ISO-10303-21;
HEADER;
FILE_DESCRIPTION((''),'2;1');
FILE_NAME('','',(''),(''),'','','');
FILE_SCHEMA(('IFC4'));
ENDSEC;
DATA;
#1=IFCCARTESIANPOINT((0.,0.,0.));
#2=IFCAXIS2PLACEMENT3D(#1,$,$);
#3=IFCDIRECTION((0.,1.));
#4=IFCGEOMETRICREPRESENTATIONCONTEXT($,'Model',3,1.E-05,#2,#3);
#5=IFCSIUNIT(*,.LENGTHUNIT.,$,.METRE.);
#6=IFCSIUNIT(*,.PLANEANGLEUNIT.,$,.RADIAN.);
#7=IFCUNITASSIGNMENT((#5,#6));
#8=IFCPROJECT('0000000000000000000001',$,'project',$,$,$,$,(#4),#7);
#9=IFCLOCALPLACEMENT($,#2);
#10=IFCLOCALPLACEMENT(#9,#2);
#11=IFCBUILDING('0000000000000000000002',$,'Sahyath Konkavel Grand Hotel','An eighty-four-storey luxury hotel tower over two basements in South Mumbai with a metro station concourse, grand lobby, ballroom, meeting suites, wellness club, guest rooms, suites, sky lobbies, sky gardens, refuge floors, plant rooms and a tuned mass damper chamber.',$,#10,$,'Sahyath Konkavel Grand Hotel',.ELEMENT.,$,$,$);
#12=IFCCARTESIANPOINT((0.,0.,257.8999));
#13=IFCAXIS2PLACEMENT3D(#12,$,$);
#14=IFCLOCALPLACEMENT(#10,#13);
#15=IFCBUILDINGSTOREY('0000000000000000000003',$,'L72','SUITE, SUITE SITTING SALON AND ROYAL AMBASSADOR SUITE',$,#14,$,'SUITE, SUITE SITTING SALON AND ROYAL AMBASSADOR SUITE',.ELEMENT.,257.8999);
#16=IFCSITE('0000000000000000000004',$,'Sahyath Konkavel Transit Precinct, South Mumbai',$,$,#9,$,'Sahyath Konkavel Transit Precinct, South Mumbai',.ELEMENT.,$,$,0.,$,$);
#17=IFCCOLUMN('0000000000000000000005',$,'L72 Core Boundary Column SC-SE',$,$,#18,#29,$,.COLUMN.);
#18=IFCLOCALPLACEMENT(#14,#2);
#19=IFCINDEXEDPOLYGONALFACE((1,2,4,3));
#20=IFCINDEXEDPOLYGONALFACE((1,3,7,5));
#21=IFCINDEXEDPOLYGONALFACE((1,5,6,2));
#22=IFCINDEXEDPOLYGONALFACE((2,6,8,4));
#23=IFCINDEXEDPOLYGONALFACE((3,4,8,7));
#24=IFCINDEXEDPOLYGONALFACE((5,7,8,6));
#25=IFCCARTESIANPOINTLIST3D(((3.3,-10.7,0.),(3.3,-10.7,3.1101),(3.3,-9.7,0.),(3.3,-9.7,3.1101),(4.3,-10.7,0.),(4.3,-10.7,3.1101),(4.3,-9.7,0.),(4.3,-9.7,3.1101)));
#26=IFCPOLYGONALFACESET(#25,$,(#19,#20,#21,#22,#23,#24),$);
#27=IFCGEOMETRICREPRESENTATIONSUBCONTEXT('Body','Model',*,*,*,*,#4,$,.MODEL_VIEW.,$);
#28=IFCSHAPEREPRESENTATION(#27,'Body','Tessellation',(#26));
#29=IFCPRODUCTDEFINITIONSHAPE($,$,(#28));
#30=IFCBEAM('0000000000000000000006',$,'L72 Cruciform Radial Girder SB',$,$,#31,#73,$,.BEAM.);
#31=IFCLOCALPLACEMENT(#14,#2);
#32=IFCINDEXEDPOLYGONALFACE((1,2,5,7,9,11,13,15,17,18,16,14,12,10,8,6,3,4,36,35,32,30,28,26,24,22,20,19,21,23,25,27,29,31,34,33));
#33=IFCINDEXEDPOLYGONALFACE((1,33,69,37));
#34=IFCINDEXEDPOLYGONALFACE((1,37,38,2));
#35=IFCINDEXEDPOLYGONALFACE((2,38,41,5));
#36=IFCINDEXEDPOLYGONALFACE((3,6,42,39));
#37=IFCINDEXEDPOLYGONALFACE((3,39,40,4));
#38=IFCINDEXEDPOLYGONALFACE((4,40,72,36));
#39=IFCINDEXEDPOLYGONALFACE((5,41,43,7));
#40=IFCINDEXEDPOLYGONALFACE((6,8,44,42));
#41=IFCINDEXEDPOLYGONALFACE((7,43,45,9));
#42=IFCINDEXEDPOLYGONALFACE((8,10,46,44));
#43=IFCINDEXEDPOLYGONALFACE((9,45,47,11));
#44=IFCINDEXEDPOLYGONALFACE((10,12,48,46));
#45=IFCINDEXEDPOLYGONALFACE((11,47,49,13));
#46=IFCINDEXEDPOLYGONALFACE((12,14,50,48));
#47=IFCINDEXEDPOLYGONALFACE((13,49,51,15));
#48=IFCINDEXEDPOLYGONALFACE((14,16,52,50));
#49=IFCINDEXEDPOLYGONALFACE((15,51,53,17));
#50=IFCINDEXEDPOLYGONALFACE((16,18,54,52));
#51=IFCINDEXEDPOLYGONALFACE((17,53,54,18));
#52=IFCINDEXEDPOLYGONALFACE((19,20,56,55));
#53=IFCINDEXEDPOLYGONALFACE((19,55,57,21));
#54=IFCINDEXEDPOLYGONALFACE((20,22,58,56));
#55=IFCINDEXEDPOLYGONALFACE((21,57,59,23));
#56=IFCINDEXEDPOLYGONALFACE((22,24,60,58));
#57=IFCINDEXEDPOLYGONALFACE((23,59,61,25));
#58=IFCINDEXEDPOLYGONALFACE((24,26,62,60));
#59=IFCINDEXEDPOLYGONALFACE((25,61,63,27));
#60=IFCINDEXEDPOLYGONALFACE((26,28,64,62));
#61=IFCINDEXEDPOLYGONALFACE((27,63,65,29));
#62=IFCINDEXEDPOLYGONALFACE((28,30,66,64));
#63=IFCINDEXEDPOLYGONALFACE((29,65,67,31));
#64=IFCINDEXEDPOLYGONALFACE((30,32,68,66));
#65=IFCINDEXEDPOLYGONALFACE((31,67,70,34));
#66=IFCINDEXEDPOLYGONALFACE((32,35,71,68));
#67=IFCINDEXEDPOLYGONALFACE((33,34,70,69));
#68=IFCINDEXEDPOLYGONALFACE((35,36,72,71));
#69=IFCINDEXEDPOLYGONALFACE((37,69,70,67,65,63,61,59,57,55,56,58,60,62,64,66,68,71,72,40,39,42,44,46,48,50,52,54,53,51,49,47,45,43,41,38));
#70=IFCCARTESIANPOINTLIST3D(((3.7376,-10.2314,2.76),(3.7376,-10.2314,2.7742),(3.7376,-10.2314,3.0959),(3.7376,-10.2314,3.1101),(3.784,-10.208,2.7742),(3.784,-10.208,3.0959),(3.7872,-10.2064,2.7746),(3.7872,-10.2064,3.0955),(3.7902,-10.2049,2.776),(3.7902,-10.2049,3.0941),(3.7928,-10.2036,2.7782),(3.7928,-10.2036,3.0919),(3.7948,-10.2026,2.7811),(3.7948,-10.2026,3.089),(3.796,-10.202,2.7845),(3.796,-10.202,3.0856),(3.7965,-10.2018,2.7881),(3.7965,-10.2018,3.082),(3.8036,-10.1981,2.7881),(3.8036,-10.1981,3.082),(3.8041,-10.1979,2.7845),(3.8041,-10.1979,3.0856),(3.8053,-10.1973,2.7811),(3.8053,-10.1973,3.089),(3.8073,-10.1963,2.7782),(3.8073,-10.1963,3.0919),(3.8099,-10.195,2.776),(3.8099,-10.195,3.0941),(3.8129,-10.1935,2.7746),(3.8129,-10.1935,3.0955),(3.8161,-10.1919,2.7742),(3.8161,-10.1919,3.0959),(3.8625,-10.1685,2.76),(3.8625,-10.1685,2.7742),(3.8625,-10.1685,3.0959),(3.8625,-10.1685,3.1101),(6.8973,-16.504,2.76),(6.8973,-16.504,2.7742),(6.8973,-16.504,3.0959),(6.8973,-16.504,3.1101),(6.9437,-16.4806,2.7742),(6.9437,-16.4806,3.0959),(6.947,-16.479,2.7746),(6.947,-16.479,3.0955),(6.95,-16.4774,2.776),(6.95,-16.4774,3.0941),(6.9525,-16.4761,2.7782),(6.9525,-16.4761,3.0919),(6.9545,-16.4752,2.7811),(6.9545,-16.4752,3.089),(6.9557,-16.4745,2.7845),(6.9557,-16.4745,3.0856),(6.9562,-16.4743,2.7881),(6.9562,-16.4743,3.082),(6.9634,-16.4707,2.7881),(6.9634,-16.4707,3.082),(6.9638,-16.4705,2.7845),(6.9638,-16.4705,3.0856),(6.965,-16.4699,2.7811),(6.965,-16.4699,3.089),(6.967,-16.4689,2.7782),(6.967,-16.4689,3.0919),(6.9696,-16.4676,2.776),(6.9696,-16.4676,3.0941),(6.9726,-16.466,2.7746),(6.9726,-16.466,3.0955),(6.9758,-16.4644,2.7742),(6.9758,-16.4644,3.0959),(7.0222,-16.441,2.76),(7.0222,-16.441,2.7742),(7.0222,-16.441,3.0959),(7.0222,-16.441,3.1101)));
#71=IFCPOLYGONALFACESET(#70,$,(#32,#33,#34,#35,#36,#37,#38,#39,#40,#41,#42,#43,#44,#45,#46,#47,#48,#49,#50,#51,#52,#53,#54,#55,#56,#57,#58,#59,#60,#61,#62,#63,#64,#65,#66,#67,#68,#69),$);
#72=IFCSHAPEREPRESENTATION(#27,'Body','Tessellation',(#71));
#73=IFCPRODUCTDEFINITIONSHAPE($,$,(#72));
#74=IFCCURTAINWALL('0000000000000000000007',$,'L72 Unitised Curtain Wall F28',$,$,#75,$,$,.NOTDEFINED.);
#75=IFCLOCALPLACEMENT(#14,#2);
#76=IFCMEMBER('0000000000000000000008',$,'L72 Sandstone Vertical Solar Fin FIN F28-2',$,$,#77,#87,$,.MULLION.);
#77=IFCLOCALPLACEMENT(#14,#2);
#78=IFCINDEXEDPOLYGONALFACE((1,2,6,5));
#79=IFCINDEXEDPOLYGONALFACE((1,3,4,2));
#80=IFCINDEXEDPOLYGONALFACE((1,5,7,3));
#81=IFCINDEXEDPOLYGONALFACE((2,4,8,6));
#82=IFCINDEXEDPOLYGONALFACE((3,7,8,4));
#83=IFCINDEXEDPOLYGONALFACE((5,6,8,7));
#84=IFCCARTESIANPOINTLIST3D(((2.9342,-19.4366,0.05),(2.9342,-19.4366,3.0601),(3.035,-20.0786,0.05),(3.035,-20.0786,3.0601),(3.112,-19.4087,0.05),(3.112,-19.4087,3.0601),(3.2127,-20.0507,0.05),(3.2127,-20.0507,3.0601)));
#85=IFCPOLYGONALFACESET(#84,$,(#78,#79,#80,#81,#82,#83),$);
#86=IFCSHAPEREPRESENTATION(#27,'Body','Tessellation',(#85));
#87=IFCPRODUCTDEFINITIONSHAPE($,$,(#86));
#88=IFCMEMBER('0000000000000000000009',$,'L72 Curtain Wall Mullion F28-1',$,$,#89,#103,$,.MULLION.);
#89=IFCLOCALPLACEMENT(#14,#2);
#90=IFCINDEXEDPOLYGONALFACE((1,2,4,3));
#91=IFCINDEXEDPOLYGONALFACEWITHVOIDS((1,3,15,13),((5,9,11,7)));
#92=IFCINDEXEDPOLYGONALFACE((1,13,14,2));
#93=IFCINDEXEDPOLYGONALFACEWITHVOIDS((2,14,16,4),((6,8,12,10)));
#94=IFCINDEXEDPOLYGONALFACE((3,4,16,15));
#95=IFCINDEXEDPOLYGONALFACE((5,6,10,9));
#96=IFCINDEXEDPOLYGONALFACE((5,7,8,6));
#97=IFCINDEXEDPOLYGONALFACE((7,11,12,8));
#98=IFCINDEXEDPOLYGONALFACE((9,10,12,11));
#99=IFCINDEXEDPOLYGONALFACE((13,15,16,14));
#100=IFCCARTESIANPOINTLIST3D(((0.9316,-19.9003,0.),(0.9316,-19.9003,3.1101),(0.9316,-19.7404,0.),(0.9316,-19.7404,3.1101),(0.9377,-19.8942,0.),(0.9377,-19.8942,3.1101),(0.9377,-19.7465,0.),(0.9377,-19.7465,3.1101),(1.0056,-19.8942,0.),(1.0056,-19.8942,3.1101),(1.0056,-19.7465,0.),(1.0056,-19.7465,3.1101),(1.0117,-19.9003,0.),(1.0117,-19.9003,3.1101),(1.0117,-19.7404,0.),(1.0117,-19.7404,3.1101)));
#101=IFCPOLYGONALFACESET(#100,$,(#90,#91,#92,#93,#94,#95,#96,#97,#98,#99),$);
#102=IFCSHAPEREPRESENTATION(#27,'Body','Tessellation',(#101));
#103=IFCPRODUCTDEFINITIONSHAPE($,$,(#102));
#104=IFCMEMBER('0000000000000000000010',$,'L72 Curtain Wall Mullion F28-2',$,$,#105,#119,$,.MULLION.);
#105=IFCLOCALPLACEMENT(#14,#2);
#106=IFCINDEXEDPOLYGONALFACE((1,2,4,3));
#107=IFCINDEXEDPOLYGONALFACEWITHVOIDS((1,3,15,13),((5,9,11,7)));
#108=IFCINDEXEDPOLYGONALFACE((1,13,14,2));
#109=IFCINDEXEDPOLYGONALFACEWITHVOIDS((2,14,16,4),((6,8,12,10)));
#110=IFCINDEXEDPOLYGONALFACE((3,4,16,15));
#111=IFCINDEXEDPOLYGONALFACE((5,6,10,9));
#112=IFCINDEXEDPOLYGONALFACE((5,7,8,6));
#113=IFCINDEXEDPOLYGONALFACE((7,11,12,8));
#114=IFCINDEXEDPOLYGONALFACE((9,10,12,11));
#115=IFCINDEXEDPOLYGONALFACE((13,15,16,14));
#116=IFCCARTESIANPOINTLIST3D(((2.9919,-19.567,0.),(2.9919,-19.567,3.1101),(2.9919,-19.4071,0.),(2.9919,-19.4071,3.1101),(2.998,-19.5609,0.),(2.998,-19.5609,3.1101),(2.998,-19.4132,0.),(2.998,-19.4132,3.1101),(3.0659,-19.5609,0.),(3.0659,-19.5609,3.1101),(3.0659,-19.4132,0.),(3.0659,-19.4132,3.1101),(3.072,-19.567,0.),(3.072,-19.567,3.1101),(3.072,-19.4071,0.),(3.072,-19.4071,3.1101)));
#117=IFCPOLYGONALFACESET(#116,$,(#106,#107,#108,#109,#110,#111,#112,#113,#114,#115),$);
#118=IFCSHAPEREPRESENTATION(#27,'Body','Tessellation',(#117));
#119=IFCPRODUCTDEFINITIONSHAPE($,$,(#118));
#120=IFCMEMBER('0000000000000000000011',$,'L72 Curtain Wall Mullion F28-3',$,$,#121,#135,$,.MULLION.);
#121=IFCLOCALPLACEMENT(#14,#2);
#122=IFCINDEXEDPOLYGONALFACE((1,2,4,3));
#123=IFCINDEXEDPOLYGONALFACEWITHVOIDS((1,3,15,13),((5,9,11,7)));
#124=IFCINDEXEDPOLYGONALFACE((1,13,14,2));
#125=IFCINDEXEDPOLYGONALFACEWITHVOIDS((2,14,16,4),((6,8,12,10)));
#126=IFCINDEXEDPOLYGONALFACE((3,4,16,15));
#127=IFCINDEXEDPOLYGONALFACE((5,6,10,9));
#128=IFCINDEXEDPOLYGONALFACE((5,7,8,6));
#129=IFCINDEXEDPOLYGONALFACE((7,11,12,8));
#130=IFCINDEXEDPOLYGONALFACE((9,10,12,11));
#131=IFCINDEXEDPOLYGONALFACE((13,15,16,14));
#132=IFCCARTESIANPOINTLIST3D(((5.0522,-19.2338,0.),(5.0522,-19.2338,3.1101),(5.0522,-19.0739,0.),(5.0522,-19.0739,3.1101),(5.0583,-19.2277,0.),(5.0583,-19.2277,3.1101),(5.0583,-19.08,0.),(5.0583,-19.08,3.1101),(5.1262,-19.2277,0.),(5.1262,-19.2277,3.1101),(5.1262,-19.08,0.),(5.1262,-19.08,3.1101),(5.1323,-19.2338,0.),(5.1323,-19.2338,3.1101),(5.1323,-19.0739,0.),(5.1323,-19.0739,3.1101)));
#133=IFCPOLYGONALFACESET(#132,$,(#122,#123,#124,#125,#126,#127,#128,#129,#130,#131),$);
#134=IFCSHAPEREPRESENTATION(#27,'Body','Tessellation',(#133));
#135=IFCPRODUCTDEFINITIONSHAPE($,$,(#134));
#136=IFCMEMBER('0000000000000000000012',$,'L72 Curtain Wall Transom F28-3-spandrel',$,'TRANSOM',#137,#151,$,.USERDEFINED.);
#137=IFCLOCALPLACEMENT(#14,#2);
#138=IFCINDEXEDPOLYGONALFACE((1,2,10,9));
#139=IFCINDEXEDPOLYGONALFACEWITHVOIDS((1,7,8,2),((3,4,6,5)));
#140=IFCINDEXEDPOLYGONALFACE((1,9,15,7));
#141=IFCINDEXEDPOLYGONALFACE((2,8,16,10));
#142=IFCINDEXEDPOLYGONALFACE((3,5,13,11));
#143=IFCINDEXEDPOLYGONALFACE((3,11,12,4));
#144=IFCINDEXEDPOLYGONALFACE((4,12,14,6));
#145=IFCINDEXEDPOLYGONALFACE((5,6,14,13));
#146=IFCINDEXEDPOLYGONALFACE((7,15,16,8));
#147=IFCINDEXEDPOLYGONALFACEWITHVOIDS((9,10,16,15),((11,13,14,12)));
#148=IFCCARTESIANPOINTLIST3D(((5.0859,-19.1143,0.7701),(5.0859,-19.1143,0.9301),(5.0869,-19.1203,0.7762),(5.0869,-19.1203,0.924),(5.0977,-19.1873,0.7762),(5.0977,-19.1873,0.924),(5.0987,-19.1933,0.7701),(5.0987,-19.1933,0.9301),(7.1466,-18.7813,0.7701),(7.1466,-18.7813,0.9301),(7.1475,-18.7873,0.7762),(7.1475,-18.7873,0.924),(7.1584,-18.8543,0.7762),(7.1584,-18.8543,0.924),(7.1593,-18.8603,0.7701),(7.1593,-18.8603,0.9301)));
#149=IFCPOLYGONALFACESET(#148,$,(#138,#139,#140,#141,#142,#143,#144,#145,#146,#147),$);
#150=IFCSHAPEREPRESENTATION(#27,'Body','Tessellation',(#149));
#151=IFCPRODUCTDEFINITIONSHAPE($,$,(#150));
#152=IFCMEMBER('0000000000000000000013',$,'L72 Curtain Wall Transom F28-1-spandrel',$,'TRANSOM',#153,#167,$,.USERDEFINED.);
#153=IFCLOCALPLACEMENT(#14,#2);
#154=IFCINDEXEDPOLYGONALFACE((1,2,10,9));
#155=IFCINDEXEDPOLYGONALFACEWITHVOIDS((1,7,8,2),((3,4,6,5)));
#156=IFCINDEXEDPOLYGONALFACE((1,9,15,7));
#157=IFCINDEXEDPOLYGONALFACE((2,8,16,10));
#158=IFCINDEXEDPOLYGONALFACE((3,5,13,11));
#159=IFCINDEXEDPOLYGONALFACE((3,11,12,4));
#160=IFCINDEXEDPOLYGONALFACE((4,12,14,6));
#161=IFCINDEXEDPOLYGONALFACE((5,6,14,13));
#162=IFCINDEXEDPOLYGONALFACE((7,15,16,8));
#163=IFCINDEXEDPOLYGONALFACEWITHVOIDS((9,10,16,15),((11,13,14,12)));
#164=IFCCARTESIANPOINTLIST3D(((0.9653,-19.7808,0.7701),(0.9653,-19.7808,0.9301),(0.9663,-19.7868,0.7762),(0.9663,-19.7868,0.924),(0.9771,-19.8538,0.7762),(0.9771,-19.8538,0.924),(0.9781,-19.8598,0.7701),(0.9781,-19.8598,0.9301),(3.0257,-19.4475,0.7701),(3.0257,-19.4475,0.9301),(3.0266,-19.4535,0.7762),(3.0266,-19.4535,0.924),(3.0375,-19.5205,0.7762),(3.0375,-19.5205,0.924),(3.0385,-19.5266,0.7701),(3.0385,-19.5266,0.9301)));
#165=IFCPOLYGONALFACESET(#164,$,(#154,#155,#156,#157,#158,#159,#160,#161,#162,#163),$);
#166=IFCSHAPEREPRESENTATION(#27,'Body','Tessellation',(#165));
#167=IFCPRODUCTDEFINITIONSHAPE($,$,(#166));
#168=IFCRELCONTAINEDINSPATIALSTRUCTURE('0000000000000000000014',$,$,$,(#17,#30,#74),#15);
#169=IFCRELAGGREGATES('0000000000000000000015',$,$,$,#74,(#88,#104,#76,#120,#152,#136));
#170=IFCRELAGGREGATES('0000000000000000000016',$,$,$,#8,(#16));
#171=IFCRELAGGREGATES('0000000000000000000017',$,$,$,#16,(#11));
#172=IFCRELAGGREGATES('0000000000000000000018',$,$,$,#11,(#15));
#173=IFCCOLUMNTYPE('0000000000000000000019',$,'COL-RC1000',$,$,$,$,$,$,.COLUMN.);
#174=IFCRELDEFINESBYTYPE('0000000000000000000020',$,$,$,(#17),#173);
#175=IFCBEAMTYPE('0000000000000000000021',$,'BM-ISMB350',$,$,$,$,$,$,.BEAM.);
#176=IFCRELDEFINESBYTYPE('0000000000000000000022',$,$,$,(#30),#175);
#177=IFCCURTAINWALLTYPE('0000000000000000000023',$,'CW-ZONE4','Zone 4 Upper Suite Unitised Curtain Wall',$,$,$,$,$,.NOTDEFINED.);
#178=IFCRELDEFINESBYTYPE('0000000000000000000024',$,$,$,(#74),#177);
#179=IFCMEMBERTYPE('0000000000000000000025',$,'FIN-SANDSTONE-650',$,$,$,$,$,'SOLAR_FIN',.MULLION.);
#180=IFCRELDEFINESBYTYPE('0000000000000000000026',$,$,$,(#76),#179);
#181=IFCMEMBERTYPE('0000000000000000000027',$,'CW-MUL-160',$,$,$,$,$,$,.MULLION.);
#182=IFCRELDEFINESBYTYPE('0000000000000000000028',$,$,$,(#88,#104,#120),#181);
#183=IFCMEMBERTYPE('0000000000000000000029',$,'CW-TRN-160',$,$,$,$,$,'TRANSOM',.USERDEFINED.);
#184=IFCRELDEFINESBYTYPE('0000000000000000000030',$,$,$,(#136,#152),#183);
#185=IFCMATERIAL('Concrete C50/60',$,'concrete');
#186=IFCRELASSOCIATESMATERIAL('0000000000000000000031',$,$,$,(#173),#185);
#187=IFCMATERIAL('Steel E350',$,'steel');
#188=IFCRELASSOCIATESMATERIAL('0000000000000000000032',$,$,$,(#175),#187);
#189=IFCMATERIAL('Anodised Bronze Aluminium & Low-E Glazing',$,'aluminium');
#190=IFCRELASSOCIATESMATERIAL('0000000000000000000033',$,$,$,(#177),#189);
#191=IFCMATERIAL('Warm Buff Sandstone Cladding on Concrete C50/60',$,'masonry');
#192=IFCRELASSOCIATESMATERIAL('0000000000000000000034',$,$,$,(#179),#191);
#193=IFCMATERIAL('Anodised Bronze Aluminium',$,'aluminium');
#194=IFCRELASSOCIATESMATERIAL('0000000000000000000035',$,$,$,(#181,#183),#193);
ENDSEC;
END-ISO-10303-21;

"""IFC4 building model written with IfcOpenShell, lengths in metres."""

from ifc_helpers import new_model, si_unit, direction, frame, origin, origin_2d, place, context, subcontext, project, spatial, rectangle, hollow_rectangle, i_section, extrude, source, transform, mapped, material, material_profile, profile_set, type_object, element, aggregate, save


model = new_model("IFC4")

# Units and contexts
model_context = context("Model", 3, precision=1e-05, world=origin(), true_north=direction((0.0, 1.0)))
body_context = subcontext(model_context, "Body", "Model", "MODEL_VIEW")
ifc_project = project(units=[si_unit("LENGTHUNIT", "METRE"), si_unit("PLANEANGLEUNIT", "RADIAN")], contexts=[model_context])

# Site, building, storey
site_placement = place(None, origin())
site = spatial("IfcSite", under=ifc_project, at=site_placement, Name="Sahyath Konkavel Transit Precinct, South Mumbai", LongName="Sahyath Konkavel Transit Precinct, South Mumbai", CompositionType="ELEMENT", RefElevation=0.0)
building_placement = place(site_placement, origin())
building = spatial("IfcBuilding", under=site, at=building_placement, Name="Sahyath Konkavel Grand Hotel", Description="An eighty-four-storey luxury hotel tower over two basements in South Mumbai with a metro station concourse, grand lobby, ballroom, meeting suites, wellness club, guest rooms, suites, sky lobbies, sky gardens, refuge floors, plant rooms and a tuned mass damper chamber.", LongName="Sahyath Konkavel Grand Hotel", CompositionType="ELEMENT")
storey_placement = place(building_placement, frame((0.0, 0.0, 257.8999)))
storey = spatial("IfcBuildingStorey", under=building, at=storey_placement, Name="L72", Description="SUITE, SUITE SITTING SALON AND ROYAL AMBASSADOR SUITE", LongName="SUITE, SUITE SITTING SALON AND ROYAL AMBASSADOR SUITE", CompositionType="ELEMENT", Elevation=257.8999)

# Column
ifc_material_1 = material(Name="Concrete C50/60", Category="concrete")
ifc_material_profile_1 = material_profile(ifc_material_1, rectangle(XDim=1.0, YDim=1.0, at=origin_2d()), Name="RC 1000x1000")
ifc_profile_set_1 = profile_set([ifc_material_profile_1], Name="Concrete C50/60")
column_type = type_object("IfcColumnType", Name="COL-RC1000", PredefinedType="COLUMN", material=ifc_profile_set_1)
shared_shape_1 = source(origin(), body_context, "Body", "SweptSolid", [
    extrude(rectangle(XDim=1.0, YDim=1.0, at=origin_2d()), origin(), (0.0, 0.0, 1.0), 3.1101),
])
column_placement = place(storey_placement, frame((3.8, -10.2, 0.0), z_axis=(0.0, 0.0, 1.0), x_axis=(1.0, 0.0, 0.0)))
element("IfcColumn", 1, at=column_placement, inside=storey, type_object=column_type, Name="L72 Core Boundary Column SC-SE", PredefinedType="COLUMN", context=body_context, shape_type="MappedRepresentation", body=[
    mapped(shared_shape_1, transform((0.0, 0.0, 0.0), scale=1.0)),
])

# Beam
ifc_material_2 = material(Name="Steel E350", Category="steel")
ifc_material_profile_2 = material_profile(ifc_material_2, i_section(OverallWidth=0.1399, OverallDepth=0.3501, WebThickness=0.0081, FlangeThickness=0.0142, FilletRadius=0.0139, at=origin_2d()), Name="ISMB 350")
ifc_profile_set_2 = profile_set([ifc_material_profile_2], Name="Steel E350")
beam_type_1 = type_object("IfcBeamType", Name="BM-ISMB350", PredefinedType="BEAM", material=ifc_profile_set_2)
shared_shape_2 = source(origin(), body_context, "Body", "SweptSolid", [
    extrude(i_section(OverallWidth=0.1399, OverallDepth=0.3501, WebThickness=0.0081, FlangeThickness=0.0142, FilletRadius=0.0139, at=origin_2d()), origin(), (0.0, 0.0, 1.0), 7.0234),
])
beam_1_placement = place(storey_placement, frame((3.8, -10.2, 2.9351), z_axis=(0.449881, -0.893088, 0.0), x_axis=(0.893088, 0.449881, 0.0)))
element("IfcBeam", 2, at=beam_1_placement, inside=storey, type_object=beam_type_1, Name="L72 Cruciform Radial Girder SB", PredefinedType="BEAM", context=body_context, shape_type="MappedRepresentation", body=[
    mapped(shared_shape_2, transform((0.0, 0.0, 0.0), scale=1.0)),
])

# Curtain wall, members
ifc_material_3 = material(Name="Anodised Bronze Aluminium & Low-E Glazing", Category="aluminium")
curtain_wall_type = type_object("IfcCurtainWallType", Name="CW-ZONE4", Description="Zone 4 Upper Suite Unitised Curtain Wall", PredefinedType="NOTDEFINED", material=ifc_material_3)
curtain_wall_placement = place(storey_placement, origin())
curtain_wall = element("IfcCurtainWall", 3, at=curtain_wall_placement, inside=storey, type_object=curtain_wall_type, Name="L72 Unitised Curtain Wall F28", PredefinedType="NOTDEFINED")
ifc_material_4 = material(Name="Warm Buff Sandstone Cladding on Concrete C50/60", Category="masonry")
ifc_material_profile_3 = material_profile(ifc_material_4, rectangle(XDim=0.1799, YDim=0.6499, at=origin_2d()), Name="FIN 180x650")
ifc_profile_set_3 = profile_set([ifc_material_profile_3], Name="Warm Buff Sandstone Cladding on Concrete C50/60")
member_type_1 = type_object("IfcMemberType", Name="FIN-SANDSTONE-650", ElementType="SOLAR_FIN", PredefinedType="MULLION", material=ifc_profile_set_3)
shared_shape_3 = source(origin(), body_context, "Body", "SweptSolid", [
    extrude(rectangle(XDim=0.1799, YDim=0.6499, at=origin_2d()), origin(), (0.0, 0.0, 1.0), 3.01),
])
member_1_placement = place(storey_placement, frame((3.0735, -19.7437, 0.05), z_axis=(0.0, 0.0, 1.0), x_axis=(0.987906, 0.155055, 0.0)))
member_1 = element("IfcMember", 4, at=member_1_placement, type_object=member_type_1, Name="L72 Sandstone Vertical Solar Fin FIN F28-2", PredefinedType="MULLION", context=body_context, shape_type="MappedRepresentation", body=[
    mapped(shared_shape_3, transform((0.0, 0.0, 0.0), scale=1.0)),
])
ifc_material_5 = material(Name="Anodised Bronze Aluminium", Category="aluminium")
ifc_material_profile_4 = material_profile(ifc_material_5, hollow_rectangle(XDim=0.0801, YDim=0.1599, WallThickness=0.0061, at=origin_2d()), Name="RHS 160x80x6")
ifc_profile_set_4 = profile_set([ifc_material_profile_4], Name="Anodised Bronze Aluminium")
member_type_2 = type_object("IfcMemberType", Name="CW-MUL-160", PredefinedType="MULLION", material=ifc_profile_set_4)
shared_shape_4 = source(origin(), body_context, "Body", "SweptSolid", [
    extrude(hollow_rectangle(XDim=0.0801, YDim=0.1599, WallThickness=0.0061, at=origin_2d()), origin(), (0.0, 0.0, 1.0), 3.1101),
])
member_2_placement = place(storey_placement, frame((0.9717, -19.8203, 0.0), z_axis=(0.0, 0.0, 1.0), x_axis=(1.0, 0.0, 0.0)))
member_2 = element("IfcMember", 5, at=member_2_placement, type_object=member_type_2, Name="L72 Curtain Wall Mullion F28-1", PredefinedType="MULLION", context=body_context, shape_type="MappedRepresentation", body=[
    mapped(shared_shape_4, transform((0.0, 0.0, 0.0), scale=1.0)),
])
member_3_placement = place(storey_placement, frame((3.032, -19.4871, 0.0), z_axis=(0.0, 0.0, 1.0), x_axis=(1.0, 0.0, 0.0)))
member_3 = element("IfcMember", 6, at=member_3_placement, type_object=member_type_2, Name="L72 Curtain Wall Mullion F28-2", PredefinedType="MULLION", context=body_context, shape_type="MappedRepresentation", body=[
    mapped(shared_shape_4, transform((0.0, 0.0, 0.0), scale=1.0)),
])
member_4_placement = place(storey_placement, frame((5.0923, -19.1538, 0.0), z_axis=(0.0, 0.0, 1.0), x_axis=(1.0, 0.0, 0.0)))
member_4 = element("IfcMember", 7, at=member_4_placement, type_object=member_type_2, Name="L72 Curtain Wall Mullion F28-3", PredefinedType="MULLION", context=body_context, shape_type="MappedRepresentation", body=[
    mapped(shared_shape_4, transform((0.0, 0.0, 0.0), scale=1.0)),
])
ifc_material_profile_5 = material_profile(ifc_material_5, hollow_rectangle(XDim=0.0801, YDim=0.1599, WallThickness=0.0061, at=origin_2d()), Name="RHS 160x80x6")
ifc_profile_set_5 = profile_set([ifc_material_profile_5], Name="Anodised Bronze Aluminium")
member_type_3 = type_object("IfcMemberType", Name="CW-TRN-160", ElementType="TRANSOM", PredefinedType="USERDEFINED", material=ifc_profile_set_5)
shared_shape_5 = source(origin(), body_context, "Body", "SweptSolid", [
    extrude(hollow_rectangle(XDim=0.0801, YDim=0.1599, WallThickness=0.0061, at=origin_2d()), origin(), (0.0, 0.0, 1.0), 2.0874),
])
member_5_placement = place(storey_placement, frame((5.0923, -19.1538, 0.8501), z_axis=(0.987191, 0.159541, 0.0), x_axis=(-0.159541, 0.987191, 0.0)))
member_5 = element("IfcMember", 8, at=member_5_placement, type_object=member_type_3, Name="L72 Curtain Wall Transom F28-3-spandrel", ObjectType="TRANSOM", PredefinedType="USERDEFINED", context=body_context, shape_type="MappedRepresentation", body=[
    mapped(shared_shape_5, transform((0.0, 0.0, 0.0), scale=1.0)),
])
shared_shape_6 = source(origin(), body_context, "Body", "SweptSolid", [
    extrude(hollow_rectangle(XDim=0.0801, YDim=0.1599, WallThickness=0.0061, at=origin_2d()), origin(), (0.0, 0.0, 1.0), 2.0872),
])
member_6_placement = place(storey_placement, frame((0.9717, -19.8203, 0.8501), z_axis=(0.98717, 0.159674, 0.0), x_axis=(-0.159674, 0.98717, 0.0)))
member_6 = element("IfcMember", 9, at=member_6_placement, type_object=member_type_3, Name="L72 Curtain Wall Transom F28-1-spandrel", ObjectType="TRANSOM", PredefinedType="USERDEFINED", context=body_context, shape_type="MappedRepresentation", body=[
    mapped(shared_shape_6, transform((0.0, 0.0, 0.0), scale=1.0)),
])

aggregate(curtain_wall, [member_2, member_3, member_1, member_4, member_6, member_5])

save(model, "model.ifc")
